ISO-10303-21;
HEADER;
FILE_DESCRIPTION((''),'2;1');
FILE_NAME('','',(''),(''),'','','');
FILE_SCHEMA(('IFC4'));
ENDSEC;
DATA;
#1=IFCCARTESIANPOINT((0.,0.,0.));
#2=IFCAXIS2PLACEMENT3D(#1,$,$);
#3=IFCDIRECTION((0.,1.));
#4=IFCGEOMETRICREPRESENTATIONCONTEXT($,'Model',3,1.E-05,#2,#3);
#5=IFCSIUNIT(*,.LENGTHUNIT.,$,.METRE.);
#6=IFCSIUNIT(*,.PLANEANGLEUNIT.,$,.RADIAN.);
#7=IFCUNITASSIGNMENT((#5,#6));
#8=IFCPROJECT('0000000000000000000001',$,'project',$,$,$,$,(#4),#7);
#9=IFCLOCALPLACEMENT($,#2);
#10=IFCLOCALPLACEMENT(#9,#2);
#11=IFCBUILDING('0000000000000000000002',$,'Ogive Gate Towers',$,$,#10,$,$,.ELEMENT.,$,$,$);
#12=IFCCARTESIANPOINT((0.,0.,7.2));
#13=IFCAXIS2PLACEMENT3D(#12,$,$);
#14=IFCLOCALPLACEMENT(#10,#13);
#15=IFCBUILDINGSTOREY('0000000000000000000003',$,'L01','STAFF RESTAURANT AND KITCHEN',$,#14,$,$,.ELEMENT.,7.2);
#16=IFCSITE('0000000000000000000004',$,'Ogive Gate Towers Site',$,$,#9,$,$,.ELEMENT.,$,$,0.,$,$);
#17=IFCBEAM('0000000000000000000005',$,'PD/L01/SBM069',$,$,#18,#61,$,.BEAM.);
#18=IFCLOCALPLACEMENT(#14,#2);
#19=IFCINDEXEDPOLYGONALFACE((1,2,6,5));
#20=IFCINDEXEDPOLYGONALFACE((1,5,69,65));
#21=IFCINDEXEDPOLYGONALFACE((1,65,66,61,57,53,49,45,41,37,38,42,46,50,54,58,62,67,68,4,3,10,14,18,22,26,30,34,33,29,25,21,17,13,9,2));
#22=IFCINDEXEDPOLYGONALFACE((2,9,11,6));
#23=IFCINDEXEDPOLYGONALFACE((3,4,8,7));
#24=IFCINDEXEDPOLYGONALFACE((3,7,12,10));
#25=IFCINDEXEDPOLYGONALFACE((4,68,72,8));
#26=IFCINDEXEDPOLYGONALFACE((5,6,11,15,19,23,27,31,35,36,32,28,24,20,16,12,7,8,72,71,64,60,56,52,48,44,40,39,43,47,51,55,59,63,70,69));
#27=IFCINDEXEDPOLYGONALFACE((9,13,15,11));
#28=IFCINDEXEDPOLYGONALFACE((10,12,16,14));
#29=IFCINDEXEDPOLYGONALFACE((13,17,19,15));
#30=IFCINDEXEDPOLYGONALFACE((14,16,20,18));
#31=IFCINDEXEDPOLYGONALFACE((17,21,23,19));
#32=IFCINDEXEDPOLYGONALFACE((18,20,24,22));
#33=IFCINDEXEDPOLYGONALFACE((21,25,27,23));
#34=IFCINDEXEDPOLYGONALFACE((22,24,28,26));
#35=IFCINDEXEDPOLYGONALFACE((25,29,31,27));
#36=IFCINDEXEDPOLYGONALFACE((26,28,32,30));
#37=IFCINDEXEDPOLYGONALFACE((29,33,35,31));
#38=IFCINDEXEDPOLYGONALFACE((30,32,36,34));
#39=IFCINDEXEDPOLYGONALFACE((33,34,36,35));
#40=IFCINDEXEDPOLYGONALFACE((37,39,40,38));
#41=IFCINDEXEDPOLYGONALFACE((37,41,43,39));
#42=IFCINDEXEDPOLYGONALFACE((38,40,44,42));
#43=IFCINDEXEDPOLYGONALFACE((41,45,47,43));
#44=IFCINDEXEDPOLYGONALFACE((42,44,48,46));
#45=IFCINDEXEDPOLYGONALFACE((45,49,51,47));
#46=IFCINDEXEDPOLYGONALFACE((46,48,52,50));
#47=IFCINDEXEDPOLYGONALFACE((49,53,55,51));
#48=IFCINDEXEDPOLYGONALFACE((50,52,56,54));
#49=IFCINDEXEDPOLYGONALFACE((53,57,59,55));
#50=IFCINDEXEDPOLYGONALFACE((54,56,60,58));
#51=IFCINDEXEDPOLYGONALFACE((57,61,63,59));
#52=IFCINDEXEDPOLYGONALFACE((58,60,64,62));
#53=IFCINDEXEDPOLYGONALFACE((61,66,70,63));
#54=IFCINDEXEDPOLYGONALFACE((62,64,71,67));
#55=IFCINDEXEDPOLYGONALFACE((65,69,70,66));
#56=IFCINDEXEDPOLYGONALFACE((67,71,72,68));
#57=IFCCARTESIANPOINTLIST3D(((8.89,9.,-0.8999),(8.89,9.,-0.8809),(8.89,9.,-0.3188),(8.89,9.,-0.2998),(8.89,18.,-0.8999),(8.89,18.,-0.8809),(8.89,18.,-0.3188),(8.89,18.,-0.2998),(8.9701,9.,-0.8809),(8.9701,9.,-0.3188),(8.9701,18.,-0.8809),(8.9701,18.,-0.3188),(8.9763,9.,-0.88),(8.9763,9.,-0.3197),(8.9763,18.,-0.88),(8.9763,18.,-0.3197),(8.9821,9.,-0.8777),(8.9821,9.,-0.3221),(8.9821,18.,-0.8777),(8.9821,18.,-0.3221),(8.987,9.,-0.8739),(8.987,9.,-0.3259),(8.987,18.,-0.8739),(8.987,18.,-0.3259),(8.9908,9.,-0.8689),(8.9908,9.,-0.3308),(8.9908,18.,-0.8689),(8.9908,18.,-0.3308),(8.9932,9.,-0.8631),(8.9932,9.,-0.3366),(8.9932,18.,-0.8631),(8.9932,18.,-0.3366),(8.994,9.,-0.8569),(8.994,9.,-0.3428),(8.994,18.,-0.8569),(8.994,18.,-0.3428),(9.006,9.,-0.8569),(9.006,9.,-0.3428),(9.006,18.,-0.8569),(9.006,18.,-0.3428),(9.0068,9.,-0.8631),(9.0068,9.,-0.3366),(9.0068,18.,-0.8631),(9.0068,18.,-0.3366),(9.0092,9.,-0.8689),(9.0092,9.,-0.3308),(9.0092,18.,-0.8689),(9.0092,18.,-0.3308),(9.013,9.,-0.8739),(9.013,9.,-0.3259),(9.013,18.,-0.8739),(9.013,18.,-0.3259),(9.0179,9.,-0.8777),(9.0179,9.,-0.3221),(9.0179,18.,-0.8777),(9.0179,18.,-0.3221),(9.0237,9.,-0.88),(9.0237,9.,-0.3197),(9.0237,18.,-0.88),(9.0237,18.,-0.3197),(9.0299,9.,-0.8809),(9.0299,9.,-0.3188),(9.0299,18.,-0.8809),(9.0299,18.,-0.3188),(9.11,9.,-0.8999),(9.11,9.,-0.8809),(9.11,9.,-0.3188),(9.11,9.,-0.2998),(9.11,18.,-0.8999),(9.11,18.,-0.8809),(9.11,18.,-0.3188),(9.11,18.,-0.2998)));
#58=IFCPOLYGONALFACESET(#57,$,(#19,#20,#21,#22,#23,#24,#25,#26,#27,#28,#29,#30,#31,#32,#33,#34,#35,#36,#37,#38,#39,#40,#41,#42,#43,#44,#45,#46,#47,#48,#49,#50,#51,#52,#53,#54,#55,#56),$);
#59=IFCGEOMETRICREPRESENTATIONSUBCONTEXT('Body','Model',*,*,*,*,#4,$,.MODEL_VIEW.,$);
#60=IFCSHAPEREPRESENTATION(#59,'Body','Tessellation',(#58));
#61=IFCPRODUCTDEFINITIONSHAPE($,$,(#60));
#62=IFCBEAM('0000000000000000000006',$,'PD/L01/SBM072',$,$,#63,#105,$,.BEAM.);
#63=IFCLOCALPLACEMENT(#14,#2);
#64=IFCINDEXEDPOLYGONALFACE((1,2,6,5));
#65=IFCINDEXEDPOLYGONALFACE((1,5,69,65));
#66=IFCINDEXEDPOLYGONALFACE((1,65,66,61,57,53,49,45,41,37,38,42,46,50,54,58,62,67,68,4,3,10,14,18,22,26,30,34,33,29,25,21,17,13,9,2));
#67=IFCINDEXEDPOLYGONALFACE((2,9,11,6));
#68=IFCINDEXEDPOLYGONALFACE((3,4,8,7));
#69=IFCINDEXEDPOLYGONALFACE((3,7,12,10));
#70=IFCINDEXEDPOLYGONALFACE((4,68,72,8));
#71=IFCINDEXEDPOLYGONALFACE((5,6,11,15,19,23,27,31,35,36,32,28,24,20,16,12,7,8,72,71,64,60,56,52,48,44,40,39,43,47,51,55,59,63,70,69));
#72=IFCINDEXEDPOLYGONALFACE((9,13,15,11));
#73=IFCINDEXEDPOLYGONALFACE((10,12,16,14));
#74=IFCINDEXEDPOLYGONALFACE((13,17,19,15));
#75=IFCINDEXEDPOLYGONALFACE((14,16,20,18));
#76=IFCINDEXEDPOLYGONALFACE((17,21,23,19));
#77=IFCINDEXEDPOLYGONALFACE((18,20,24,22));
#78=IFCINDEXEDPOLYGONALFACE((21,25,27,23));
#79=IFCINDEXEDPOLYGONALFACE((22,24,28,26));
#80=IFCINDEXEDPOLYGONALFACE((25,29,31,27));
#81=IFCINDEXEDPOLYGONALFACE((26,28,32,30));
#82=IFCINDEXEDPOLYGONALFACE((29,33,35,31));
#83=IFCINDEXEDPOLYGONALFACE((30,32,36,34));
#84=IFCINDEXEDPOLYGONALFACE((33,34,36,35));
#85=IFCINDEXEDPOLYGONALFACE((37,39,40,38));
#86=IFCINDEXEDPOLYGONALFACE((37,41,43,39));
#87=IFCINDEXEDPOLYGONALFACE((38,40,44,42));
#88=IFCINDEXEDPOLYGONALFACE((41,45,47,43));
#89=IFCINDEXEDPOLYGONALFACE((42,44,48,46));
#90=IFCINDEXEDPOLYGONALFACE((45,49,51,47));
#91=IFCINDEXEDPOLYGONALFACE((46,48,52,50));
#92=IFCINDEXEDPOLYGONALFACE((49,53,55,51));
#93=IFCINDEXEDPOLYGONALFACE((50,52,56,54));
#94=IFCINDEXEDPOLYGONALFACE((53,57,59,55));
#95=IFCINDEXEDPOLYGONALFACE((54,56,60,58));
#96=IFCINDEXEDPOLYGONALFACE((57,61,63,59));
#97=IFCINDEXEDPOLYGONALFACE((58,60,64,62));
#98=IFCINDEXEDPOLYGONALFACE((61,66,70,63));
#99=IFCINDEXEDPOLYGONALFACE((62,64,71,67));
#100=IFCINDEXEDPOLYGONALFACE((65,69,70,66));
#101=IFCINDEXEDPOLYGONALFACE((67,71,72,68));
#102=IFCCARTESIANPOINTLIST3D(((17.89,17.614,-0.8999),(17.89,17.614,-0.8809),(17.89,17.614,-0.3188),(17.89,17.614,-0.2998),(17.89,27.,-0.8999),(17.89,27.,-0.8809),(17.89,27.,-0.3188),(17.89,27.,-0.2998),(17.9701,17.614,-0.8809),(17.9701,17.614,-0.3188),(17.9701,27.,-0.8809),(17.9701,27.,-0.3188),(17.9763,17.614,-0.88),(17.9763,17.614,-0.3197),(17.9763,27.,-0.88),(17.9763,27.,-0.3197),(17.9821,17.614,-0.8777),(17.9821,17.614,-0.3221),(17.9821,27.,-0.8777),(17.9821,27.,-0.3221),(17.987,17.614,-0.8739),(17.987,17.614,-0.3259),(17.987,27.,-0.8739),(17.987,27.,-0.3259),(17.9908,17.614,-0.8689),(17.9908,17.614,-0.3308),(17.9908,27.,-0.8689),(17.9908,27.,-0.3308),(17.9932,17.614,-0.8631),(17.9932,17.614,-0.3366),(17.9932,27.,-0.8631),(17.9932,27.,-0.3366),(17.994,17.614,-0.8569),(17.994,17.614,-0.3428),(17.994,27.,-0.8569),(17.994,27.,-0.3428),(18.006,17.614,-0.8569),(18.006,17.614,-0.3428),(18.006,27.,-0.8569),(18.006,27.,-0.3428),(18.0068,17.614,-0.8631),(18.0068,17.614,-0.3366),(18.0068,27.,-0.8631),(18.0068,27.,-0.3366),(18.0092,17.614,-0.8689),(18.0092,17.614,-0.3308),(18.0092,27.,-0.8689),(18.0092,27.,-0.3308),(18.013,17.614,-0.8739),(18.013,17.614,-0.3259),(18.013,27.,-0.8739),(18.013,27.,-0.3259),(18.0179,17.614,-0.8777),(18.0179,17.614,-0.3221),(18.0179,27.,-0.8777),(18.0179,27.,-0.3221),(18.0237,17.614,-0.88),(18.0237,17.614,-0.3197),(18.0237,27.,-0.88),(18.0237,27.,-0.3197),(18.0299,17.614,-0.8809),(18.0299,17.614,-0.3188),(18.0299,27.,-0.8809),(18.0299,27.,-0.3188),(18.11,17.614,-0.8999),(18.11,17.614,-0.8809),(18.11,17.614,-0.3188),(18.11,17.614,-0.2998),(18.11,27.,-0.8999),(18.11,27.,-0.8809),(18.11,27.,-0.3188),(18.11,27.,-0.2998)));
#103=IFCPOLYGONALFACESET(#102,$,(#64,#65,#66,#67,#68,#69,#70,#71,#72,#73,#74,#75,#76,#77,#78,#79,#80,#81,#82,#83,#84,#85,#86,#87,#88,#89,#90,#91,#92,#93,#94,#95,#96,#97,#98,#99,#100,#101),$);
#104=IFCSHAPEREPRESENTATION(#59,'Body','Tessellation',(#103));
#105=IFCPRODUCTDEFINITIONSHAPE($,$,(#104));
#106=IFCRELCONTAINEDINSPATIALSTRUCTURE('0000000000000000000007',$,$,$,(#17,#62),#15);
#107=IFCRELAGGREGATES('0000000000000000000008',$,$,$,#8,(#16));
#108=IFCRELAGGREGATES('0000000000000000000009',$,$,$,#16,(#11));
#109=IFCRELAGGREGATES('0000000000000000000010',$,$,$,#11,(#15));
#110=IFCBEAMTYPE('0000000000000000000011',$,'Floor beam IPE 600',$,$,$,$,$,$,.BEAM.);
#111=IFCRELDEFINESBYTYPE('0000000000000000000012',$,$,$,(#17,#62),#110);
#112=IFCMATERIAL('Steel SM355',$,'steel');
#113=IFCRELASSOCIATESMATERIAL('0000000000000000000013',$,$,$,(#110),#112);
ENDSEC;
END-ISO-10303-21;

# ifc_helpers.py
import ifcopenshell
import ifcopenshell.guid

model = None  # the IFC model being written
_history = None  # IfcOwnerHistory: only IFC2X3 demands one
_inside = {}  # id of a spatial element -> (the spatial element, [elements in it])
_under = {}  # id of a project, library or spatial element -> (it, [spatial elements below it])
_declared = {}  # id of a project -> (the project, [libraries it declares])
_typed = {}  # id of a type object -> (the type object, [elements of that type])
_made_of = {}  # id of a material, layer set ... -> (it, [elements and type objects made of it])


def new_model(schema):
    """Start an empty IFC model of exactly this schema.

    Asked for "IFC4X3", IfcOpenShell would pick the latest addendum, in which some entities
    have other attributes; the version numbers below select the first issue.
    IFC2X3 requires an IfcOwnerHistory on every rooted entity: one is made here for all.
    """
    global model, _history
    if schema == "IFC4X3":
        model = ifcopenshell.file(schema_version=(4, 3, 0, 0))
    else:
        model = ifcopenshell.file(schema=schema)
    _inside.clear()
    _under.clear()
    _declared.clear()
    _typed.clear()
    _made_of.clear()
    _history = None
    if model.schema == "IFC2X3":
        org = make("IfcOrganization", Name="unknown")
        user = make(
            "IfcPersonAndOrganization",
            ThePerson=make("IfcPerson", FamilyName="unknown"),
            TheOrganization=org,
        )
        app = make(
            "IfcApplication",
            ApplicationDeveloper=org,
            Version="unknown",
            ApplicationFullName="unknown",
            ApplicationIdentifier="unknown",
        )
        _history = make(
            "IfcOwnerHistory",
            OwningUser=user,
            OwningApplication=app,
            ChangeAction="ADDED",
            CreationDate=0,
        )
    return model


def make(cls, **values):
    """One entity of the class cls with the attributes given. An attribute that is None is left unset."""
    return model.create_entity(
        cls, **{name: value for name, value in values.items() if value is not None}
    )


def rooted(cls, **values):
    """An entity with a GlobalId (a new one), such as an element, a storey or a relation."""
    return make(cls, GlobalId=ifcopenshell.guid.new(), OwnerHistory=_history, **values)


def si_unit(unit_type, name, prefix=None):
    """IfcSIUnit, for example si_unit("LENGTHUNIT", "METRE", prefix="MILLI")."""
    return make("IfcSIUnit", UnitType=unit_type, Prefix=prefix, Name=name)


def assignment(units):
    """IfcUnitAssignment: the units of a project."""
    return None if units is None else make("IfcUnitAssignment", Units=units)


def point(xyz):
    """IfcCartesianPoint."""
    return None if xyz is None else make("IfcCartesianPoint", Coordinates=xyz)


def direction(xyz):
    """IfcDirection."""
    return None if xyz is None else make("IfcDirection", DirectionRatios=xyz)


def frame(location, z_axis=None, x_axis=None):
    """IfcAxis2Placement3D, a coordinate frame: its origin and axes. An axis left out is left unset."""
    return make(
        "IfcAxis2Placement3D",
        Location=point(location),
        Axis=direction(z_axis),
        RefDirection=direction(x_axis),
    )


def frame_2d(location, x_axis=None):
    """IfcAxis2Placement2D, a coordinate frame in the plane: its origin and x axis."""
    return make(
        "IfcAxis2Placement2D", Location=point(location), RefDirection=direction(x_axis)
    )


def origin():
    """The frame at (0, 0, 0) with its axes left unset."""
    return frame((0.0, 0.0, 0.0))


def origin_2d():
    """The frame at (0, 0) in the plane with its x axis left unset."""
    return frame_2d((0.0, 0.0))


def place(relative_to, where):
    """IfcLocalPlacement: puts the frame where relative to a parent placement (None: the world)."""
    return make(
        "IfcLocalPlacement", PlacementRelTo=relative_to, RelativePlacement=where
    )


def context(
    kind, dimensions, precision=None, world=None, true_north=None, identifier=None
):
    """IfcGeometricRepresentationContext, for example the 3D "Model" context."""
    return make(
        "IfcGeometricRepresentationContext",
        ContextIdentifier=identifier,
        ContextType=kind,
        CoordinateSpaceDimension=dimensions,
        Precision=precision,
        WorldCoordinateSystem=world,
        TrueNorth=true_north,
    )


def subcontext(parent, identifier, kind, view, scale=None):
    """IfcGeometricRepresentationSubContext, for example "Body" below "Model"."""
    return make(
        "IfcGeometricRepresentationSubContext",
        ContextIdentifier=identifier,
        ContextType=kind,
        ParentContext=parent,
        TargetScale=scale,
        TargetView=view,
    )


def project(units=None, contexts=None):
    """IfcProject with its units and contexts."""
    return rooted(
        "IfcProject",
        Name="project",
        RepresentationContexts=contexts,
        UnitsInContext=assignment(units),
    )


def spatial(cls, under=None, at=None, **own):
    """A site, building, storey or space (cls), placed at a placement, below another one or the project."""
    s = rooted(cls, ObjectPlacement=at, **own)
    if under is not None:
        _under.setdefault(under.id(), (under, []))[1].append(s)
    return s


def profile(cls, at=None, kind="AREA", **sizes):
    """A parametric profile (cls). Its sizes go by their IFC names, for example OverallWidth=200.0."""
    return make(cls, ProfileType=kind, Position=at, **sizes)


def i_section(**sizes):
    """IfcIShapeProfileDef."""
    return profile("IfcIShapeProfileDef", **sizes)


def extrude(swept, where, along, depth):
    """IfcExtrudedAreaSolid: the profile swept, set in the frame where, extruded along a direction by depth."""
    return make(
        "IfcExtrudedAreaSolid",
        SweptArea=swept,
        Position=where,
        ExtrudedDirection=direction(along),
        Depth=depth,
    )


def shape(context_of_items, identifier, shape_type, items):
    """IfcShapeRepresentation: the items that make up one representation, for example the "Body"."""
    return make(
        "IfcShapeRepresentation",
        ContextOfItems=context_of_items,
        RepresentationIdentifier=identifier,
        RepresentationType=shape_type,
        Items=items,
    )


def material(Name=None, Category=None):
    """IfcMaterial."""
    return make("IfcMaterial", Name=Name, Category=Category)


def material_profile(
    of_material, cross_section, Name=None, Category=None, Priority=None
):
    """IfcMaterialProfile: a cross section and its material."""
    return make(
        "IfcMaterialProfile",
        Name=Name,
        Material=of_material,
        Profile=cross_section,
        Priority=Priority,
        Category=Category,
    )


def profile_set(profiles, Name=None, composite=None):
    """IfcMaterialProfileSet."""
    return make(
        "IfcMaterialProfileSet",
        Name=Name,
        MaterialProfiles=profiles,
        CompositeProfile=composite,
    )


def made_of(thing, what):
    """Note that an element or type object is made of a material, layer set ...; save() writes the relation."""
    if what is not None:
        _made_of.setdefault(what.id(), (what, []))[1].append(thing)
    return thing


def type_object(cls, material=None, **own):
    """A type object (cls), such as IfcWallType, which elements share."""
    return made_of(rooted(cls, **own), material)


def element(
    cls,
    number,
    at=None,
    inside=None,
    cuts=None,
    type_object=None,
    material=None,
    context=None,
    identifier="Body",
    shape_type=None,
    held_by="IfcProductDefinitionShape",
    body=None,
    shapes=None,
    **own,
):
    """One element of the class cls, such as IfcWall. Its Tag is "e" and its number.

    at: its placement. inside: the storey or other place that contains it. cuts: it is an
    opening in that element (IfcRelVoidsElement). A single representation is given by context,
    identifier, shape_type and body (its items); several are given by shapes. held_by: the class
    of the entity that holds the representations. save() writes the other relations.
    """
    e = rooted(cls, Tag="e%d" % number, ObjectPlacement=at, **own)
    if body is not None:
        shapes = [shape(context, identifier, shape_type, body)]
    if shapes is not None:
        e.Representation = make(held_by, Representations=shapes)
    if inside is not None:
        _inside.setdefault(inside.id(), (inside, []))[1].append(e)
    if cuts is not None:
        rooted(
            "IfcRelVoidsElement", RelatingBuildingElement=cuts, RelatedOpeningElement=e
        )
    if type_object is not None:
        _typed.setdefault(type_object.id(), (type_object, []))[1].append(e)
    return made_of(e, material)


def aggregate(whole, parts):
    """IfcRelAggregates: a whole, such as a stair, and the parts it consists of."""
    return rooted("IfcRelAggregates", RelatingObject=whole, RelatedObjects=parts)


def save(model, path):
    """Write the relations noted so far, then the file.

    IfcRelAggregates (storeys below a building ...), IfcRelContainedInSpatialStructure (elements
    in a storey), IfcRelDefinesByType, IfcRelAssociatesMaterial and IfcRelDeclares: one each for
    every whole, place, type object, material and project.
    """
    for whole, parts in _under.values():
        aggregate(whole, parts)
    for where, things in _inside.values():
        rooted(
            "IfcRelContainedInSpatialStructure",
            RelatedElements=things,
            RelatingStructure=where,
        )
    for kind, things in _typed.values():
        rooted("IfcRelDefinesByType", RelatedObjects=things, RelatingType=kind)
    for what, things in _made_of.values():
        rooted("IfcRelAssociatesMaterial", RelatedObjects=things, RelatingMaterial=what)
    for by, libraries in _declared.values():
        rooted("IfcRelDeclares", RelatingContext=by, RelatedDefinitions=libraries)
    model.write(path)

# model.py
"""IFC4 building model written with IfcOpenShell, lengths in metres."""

from ifc_helpers import new_model, si_unit, direction, frame, origin, origin_2d, place, context, subcontext, project, spatial, i_section, extrude, material, material_profile, profile_set, type_object, element, save


model = new_model("IFC4")

# Units and contexts
model_context = context("Model", 3, precision=1e-05, world=origin(), true_north=direction((0.0, 1.0)))
body_context = subcontext(model_context, "Body", "Model", "MODEL_VIEW")
ifc_project = project(units=[si_unit("LENGTHUNIT", "METRE"), si_unit("PLANEANGLEUNIT", "RADIAN")], contexts=[model_context])

# Site, building, storey
site_placement = place(None, origin())
site = spatial("IfcSite", under=ifc_project, at=site_placement, Name="Ogive Gate Towers Site", CompositionType="ELEMENT", RefElevation=0.0)
building_placement = place(site_placement, origin())
building = spatial("IfcBuilding", under=site, at=building_placement, Name="Ogive Gate Towers", CompositionType="ELEMENT")
storey_placement = place(building_placement, frame((0.0, 0.0, 7.2)))
storey = spatial("IfcBuildingStorey", under=building, at=storey_placement, Name="L01", Description="STAFF RESTAURANT AND KITCHEN", CompositionType="ELEMENT", Elevation=7.2)

# Beams
ifc_material_1 = material(Name="Steel SM355", Category="steel")
ifc_material_profile_1 = material_profile(ifc_material_1, i_section(OverallWidth=0.22, OverallDepth=0.6001, WebThickness=0.012, FlangeThickness=0.019, FilletRadius=0.0239, at=origin_2d()), Name="IPE 600")
ifc_profile_set_1 = profile_set([ifc_material_profile_1], Name="Steel SM355")
beam_type_1 = type_object("IfcBeamType", Name="Floor beam IPE 600", PredefinedType="BEAM", material=ifc_profile_set_1)
for number, where, z_axis, x_axis, name in (
    (1, (9.0, 9.0, -0.5999), (0.0, 1.0, 0.0), (-1.0, 0.0, 0.0), "PD/L01/SBM069"),
):
    element("IfcBeam", number, at=place(storey_placement, frame(where, z_axis=z_axis, x_axis=x_axis)), inside=storey, type_object=beam_type_1, Name=name, PredefinedType="BEAM", context=body_context, shape_type="SweptSolid", body=[
        extrude(i_section(OverallWidth=0.22, OverallDepth=0.6001, WebThickness=0.012, FlangeThickness=0.019, FilletRadius=0.0239, at=origin_2d()), origin(), (0.0, 0.0, 1.0), 9.0),
    ])
beam_1_placement = place(storey_placement, frame((18.0, 17.614, -0.5999), z_axis=(0.0, 1.0, 0.0), x_axis=(-1.0, 0.0, 0.0)))
element("IfcBeam", 2, at=beam_1_placement, inside=storey, type_object=beam_type_1, Name="PD/L01/SBM072", PredefinedType="BEAM", context=body_context, shape_type="SweptSolid", body=[
    extrude(i_section(OverallWidth=0.22, OverallDepth=0.6001, WebThickness=0.012, FlangeThickness=0.019, FilletRadius=0.0239, at=origin_2d()), origin(), (0.0, 0.0, 1.0), 9.386),
])

save(model, "model.ifc")
